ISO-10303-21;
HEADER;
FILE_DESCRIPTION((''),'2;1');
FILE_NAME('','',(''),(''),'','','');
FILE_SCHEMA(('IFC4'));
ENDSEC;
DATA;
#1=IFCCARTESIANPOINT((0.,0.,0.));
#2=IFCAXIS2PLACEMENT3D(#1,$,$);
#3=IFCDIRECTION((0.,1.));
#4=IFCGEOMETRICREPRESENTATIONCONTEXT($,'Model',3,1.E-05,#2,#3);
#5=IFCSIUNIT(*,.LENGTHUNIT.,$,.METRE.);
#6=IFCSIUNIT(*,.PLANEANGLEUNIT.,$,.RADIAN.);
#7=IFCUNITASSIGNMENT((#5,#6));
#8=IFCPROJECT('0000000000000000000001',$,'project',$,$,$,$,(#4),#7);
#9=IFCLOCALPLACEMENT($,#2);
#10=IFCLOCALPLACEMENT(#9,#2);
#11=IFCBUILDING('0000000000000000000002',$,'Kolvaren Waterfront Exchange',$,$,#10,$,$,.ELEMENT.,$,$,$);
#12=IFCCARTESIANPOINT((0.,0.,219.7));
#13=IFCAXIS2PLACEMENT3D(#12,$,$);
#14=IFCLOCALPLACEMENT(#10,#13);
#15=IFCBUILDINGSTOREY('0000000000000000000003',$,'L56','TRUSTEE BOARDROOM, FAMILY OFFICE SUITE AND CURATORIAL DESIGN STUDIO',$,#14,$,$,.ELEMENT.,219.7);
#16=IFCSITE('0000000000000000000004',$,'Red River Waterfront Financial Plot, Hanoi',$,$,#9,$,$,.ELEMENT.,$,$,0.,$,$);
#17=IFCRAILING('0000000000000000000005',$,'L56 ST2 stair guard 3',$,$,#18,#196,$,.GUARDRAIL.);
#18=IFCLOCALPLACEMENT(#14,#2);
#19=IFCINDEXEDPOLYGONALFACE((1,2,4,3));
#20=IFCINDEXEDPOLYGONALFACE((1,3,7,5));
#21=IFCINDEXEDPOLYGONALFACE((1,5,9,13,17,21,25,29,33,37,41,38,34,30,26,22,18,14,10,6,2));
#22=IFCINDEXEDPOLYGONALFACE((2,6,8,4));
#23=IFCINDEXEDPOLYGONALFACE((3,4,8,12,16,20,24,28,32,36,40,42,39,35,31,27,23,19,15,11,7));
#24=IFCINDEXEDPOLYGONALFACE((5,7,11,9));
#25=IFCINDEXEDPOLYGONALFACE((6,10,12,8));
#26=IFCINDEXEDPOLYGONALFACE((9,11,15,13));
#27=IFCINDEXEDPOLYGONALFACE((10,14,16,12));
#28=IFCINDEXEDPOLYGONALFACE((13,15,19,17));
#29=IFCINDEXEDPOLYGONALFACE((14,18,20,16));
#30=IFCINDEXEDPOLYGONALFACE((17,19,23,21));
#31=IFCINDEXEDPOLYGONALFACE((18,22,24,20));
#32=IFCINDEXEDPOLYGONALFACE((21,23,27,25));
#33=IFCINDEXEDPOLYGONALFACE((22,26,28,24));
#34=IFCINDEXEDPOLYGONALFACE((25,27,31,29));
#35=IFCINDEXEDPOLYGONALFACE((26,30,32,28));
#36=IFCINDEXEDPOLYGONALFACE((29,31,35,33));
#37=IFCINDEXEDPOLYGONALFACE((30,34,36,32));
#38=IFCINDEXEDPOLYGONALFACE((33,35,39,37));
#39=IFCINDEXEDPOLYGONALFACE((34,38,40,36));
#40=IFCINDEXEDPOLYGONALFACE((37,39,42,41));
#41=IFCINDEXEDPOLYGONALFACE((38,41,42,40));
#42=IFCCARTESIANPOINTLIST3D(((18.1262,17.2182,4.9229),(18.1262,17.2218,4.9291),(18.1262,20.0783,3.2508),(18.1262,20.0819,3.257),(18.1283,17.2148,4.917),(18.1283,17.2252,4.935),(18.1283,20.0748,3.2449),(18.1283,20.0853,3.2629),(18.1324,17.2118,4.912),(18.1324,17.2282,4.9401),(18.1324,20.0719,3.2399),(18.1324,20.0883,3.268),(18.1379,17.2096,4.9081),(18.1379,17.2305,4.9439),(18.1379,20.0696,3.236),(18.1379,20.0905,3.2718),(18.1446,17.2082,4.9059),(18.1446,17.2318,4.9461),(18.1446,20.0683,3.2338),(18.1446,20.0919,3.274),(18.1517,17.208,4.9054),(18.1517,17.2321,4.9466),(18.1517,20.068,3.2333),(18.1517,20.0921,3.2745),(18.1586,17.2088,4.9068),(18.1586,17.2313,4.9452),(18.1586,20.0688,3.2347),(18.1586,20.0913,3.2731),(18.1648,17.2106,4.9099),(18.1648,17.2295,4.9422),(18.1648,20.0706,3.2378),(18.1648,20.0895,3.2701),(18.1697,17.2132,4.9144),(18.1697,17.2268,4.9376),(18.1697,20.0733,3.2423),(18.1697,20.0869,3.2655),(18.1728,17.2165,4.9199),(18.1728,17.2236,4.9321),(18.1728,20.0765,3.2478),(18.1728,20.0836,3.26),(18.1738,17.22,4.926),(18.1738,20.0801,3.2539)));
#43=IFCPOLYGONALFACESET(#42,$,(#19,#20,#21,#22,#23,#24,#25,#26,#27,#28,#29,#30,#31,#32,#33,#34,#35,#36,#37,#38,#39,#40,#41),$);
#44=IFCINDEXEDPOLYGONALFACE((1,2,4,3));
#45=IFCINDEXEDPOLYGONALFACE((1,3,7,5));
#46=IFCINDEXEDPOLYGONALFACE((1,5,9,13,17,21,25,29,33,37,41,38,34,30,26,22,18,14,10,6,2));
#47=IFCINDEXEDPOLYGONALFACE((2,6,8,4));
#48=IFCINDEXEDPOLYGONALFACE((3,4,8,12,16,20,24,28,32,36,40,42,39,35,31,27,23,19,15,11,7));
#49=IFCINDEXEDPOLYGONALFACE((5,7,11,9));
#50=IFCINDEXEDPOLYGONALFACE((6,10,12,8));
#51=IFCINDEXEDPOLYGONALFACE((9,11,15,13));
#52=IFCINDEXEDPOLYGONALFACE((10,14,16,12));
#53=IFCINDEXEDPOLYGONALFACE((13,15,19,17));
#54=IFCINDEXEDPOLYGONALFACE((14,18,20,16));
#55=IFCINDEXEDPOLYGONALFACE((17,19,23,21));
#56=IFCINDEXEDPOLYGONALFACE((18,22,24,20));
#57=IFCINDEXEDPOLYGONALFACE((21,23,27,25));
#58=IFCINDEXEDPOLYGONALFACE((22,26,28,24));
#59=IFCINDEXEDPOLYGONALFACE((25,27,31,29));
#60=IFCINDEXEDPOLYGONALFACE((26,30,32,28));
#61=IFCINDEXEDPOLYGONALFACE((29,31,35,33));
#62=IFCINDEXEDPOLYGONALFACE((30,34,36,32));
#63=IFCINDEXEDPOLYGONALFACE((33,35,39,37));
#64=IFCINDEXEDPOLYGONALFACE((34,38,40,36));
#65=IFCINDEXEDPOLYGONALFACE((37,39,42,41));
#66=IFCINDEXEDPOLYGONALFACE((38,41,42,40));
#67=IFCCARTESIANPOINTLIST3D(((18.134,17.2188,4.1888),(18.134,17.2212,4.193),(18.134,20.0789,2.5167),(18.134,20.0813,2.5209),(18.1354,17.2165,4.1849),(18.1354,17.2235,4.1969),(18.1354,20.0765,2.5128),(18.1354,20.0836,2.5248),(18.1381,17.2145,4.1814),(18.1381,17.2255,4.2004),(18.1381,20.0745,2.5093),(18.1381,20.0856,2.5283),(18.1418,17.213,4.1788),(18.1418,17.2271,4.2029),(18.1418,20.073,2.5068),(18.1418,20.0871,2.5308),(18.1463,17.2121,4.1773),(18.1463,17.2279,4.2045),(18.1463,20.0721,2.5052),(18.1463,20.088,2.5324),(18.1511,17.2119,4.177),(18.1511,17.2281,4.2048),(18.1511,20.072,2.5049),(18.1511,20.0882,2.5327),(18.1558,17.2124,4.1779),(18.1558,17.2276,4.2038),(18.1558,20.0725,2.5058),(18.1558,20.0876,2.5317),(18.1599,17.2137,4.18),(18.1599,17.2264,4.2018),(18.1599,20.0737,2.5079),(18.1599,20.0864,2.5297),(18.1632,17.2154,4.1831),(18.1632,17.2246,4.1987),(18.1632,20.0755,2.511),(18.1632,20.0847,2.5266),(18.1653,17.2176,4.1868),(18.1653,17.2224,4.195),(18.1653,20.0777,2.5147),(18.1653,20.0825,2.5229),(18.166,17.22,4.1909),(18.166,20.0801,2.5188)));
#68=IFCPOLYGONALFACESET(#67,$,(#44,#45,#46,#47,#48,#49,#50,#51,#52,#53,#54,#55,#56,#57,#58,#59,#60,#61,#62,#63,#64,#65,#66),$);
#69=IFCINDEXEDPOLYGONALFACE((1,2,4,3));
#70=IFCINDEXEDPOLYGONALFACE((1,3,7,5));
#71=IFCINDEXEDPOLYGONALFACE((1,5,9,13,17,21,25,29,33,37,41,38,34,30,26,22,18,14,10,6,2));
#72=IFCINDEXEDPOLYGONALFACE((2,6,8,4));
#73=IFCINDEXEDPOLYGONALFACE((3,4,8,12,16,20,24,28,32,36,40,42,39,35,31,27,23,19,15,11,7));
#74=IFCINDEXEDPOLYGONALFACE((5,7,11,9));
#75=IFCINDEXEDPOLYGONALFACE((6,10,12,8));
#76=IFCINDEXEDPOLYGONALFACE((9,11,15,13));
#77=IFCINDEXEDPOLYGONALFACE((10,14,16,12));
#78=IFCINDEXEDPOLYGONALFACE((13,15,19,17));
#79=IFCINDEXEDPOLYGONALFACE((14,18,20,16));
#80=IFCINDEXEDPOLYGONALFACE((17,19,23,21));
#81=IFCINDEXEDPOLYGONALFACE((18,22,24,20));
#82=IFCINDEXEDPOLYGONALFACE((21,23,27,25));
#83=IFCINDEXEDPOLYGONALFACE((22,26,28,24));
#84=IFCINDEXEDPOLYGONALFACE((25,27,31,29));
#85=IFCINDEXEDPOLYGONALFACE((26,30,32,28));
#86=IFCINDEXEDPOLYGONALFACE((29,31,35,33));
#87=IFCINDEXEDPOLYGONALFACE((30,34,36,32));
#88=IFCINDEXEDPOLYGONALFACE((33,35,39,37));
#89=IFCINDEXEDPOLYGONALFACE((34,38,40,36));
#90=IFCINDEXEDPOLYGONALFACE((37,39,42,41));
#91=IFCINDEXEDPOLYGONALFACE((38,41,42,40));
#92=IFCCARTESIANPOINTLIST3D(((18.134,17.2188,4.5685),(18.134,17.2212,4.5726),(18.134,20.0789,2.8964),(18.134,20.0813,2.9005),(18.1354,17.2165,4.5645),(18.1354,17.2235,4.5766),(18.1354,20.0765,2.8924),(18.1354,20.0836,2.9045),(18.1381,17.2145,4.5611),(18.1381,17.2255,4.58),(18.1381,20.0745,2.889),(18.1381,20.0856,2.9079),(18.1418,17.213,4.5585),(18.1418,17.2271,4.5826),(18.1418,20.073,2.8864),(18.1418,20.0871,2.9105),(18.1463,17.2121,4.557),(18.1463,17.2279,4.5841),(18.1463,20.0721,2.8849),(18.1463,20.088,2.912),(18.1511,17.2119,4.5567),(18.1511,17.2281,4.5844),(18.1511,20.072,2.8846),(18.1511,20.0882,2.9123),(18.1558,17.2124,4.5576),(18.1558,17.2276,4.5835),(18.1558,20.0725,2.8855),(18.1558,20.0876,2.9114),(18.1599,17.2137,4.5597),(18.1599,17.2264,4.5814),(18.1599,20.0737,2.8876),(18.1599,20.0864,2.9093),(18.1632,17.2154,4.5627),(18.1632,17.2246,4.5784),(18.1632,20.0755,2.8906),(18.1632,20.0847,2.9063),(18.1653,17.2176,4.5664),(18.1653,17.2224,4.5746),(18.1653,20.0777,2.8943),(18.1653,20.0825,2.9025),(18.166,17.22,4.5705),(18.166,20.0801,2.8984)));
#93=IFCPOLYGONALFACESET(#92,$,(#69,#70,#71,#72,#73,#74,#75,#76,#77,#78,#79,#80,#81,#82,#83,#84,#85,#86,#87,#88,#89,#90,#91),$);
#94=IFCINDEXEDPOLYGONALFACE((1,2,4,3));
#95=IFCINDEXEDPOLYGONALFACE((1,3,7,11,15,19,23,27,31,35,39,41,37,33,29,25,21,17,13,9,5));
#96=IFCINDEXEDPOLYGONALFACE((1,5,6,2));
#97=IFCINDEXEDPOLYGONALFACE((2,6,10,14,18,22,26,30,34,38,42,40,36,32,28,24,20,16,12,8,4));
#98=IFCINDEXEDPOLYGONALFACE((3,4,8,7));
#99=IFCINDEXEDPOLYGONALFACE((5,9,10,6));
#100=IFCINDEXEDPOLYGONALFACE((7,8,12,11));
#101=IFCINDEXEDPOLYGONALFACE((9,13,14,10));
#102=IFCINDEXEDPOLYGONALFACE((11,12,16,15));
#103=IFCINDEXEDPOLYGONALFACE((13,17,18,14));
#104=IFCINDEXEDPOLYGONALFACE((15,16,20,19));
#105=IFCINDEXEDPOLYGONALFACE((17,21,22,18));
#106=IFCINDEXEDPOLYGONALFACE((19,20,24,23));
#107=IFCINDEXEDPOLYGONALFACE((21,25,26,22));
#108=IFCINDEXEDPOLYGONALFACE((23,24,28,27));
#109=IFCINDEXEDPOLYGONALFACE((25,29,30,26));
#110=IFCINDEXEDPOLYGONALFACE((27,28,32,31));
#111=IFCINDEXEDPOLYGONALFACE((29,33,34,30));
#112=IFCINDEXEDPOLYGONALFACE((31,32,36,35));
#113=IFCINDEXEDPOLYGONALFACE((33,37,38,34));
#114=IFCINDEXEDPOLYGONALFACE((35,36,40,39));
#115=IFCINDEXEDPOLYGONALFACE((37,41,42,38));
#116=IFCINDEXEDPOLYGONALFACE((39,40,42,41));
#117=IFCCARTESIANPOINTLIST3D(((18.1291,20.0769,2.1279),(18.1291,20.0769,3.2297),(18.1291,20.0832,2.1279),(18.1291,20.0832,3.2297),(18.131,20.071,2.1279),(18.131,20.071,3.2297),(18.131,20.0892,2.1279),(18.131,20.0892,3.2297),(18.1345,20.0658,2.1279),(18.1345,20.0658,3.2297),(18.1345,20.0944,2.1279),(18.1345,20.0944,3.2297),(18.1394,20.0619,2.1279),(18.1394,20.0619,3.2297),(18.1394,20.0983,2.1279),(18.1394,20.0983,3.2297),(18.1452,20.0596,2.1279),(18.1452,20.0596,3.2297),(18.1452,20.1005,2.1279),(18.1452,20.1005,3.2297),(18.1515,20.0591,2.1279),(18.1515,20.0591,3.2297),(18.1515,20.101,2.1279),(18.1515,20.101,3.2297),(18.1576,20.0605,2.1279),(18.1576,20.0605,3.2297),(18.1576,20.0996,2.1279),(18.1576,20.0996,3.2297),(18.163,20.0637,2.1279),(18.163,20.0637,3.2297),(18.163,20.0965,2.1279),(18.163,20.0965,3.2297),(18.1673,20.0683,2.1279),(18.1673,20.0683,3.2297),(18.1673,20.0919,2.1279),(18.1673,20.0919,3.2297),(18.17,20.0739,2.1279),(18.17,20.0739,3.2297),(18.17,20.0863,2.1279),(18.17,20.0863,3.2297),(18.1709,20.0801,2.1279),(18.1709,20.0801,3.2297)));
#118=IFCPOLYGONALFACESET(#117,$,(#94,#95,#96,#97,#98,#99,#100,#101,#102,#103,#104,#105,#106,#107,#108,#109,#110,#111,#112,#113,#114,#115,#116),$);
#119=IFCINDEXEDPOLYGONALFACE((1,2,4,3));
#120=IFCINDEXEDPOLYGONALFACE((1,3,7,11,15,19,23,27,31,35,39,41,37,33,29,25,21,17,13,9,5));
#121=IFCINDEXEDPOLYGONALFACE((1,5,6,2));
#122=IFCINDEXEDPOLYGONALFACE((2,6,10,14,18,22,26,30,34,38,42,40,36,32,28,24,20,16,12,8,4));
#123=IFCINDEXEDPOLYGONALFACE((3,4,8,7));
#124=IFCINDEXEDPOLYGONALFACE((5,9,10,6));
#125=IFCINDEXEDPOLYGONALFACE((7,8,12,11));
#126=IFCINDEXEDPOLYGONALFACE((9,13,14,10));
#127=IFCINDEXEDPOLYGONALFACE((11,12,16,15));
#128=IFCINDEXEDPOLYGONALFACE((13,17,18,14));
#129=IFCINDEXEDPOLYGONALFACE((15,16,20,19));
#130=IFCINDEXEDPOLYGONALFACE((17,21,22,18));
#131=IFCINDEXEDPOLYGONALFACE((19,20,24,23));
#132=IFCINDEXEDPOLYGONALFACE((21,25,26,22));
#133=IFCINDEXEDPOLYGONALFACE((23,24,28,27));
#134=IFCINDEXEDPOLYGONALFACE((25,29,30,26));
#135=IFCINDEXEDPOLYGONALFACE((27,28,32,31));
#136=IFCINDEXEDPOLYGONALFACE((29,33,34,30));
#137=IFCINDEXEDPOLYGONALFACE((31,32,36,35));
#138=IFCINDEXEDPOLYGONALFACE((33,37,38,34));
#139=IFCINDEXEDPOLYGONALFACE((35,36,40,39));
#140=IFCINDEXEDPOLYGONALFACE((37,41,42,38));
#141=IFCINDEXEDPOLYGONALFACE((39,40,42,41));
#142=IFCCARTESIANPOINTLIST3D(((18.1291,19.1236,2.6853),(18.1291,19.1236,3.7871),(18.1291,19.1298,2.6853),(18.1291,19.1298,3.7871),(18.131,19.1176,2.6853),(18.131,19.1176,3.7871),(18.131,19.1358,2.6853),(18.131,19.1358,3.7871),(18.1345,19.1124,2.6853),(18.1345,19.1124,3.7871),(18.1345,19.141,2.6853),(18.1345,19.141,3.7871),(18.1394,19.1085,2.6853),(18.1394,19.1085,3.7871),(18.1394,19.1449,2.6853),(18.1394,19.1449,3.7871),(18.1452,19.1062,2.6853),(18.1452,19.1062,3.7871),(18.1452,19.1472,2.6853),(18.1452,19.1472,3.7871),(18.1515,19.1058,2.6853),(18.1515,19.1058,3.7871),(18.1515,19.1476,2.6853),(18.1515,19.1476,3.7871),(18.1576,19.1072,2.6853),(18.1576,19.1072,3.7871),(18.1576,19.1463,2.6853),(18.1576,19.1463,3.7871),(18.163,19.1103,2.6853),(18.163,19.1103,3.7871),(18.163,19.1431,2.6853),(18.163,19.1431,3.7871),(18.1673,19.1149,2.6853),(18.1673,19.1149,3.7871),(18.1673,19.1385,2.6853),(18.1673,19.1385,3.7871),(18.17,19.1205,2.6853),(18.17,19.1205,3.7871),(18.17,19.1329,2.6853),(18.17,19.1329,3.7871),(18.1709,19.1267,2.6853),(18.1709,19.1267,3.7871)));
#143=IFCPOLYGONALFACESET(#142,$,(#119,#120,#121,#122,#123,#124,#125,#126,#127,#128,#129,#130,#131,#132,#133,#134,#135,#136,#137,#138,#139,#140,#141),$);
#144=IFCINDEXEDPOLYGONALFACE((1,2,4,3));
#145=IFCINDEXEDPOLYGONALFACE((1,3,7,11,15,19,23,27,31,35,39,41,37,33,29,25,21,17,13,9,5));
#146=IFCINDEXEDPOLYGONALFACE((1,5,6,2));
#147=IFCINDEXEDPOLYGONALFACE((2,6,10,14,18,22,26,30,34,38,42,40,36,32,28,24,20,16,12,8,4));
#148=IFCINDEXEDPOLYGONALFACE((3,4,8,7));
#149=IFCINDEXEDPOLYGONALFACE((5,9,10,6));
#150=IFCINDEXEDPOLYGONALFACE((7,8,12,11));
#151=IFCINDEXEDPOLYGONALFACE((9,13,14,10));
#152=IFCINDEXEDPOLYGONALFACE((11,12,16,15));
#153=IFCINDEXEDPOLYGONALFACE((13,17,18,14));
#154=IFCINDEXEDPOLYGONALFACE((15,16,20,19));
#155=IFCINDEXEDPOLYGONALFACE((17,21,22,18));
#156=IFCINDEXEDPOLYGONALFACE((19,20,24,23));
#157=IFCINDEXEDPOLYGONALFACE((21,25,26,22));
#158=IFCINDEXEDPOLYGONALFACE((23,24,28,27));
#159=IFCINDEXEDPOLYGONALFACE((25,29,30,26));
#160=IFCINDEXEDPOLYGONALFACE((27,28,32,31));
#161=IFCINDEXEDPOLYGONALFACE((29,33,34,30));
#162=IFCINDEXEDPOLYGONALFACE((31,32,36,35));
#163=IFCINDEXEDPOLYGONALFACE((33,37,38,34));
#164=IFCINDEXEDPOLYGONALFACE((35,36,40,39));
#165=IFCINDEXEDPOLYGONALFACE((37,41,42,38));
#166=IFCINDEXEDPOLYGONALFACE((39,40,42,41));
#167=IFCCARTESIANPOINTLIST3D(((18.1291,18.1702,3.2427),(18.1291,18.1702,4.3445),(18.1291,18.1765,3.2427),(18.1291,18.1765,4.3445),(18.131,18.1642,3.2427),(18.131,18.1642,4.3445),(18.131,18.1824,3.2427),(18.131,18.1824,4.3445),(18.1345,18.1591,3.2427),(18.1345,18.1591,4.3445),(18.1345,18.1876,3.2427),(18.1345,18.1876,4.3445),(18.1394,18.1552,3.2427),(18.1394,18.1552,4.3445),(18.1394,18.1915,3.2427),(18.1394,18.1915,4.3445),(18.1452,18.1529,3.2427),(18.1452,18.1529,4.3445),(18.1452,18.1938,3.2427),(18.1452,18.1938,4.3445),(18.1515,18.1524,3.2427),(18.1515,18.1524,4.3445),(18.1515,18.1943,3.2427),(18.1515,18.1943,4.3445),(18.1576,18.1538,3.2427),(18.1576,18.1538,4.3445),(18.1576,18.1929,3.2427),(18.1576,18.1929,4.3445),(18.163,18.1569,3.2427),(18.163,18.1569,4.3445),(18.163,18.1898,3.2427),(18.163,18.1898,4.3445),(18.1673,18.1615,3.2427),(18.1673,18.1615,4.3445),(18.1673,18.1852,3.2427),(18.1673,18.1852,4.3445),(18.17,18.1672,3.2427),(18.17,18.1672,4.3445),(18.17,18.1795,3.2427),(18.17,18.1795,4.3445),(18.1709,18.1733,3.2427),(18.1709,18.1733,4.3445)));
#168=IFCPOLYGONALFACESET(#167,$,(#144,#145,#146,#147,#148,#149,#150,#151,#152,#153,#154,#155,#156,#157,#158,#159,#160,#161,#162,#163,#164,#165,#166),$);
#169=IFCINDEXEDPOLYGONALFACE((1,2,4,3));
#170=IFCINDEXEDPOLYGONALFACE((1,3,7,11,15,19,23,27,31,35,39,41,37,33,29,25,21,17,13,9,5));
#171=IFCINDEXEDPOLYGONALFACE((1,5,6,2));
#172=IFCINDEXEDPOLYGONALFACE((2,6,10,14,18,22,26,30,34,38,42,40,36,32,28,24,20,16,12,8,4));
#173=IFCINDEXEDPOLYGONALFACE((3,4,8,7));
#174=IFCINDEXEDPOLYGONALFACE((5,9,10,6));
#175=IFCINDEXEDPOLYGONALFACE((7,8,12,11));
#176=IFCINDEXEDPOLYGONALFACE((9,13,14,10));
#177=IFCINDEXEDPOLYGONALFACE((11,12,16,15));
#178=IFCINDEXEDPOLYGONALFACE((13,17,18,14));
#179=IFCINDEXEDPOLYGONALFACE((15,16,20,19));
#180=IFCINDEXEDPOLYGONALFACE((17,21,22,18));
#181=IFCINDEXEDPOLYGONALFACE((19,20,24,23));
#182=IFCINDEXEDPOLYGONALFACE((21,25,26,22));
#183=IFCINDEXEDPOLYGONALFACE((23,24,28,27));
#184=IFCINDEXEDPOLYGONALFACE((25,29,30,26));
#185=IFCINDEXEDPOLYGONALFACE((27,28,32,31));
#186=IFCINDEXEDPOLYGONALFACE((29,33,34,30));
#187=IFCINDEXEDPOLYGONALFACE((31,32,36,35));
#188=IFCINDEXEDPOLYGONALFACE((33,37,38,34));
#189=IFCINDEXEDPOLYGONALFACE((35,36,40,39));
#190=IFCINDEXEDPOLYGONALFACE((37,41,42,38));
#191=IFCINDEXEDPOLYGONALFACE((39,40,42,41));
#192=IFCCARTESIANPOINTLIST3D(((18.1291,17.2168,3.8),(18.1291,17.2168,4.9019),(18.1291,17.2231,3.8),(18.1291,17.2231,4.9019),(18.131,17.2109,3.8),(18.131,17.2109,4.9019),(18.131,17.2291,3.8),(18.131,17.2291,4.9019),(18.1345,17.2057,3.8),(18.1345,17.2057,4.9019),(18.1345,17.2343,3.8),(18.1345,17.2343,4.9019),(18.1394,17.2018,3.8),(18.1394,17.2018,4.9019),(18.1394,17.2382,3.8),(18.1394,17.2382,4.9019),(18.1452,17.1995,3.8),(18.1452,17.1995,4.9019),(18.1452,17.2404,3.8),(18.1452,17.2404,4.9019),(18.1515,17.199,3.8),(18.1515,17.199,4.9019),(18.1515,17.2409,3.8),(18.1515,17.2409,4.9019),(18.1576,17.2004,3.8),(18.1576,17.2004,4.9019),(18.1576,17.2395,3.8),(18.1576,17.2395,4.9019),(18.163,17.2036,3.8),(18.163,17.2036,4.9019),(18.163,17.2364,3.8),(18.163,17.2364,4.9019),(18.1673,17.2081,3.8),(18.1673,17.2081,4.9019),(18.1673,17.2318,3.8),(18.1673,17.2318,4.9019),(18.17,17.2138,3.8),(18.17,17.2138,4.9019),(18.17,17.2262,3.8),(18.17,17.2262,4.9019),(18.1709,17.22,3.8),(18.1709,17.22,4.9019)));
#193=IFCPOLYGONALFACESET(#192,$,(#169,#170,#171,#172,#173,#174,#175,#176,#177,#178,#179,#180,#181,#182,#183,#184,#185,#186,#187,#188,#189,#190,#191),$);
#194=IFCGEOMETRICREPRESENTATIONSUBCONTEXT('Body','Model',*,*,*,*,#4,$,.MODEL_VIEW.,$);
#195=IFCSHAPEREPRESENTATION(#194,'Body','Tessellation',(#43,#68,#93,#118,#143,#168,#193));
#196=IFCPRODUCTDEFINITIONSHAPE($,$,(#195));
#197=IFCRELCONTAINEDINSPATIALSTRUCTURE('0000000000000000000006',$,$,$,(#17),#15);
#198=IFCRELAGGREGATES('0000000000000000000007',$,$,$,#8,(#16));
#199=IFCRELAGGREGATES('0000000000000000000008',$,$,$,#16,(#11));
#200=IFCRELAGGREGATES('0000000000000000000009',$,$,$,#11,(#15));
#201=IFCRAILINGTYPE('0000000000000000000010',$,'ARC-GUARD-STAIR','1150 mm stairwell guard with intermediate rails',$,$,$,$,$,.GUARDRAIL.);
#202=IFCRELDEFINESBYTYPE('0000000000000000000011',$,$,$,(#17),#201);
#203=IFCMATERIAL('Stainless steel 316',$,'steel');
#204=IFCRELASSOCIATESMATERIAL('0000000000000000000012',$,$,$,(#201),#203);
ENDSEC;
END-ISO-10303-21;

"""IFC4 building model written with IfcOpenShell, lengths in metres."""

from ifc_helpers import new_model, si_unit, direction, frame, origin, origin_2d, place, context, subcontext, project, spatial, circle, extrude, material, type_object, element, save


model = new_model("IFC4")

# Units and contexts
model_context = context("Model", 3, precision=1e-05, world=origin(), true_north=direction((0.0, 1.0)))
body_context = subcontext(model_context, "Body", "Model", "MODEL_VIEW")
ifc_project = project(units=[si_unit("LENGTHUNIT", "METRE"), si_unit("PLANEANGLEUNIT", "RADIAN")], contexts=[model_context])

# Site, building, storey
site_placement = place(None, origin())
site = spatial("IfcSite", under=ifc_project, at=site_placement, Name="Red River Waterfront Financial Plot, Hanoi", CompositionType="ELEMENT", RefElevation=0.0)
building_placement = place(site_placement, origin())
building = spatial("IfcBuilding", under=site, at=building_placement, Name="Kolvaren Waterfront Exchange", CompositionType="ELEMENT")
storey_placement = place(building_placement, frame((0.0, 0.0, 219.7)))
storey = spatial("IfcBuildingStorey", under=building, at=storey_placement, Name="L56", Description="TRUSTEE BOARDROOM, FAMILY OFFICE SUITE AND CURATORIAL DESIGN STUDIO", CompositionType="ELEMENT", Elevation=219.7)

# Railing
ifc_material_1 = material(Name="Stainless steel 316", Category="steel")
railing_type_1 = type_object("IfcRailingType", Name="ARC-GUARD-STAIR", Description="1150 mm stairwell guard with intermediate rails", PredefinedType="GUARDRAIL", material=ifc_material_1)
railing_1_placement = place(storey_placement, frame((18.1499, 20.0801, 2.1279)))
element("IfcRailing", 1, at=railing_1_placement, inside=storey, type_object=railing_type_1, Name="L56 ST2 stair guard 3", PredefinedType="GUARDRAIL", context=body_context, shape_type="SweptSolid", body=[
    extrude(circle(Radius=0.0239, at=origin_2d()), frame((0.0, 0.0, 1.126), z_axis=(0.0, -0.863289, 0.504709), x_axis=(1.0, 0.0, 0.0)), (0.0, 0.0, 1.0), 3.313),
    extrude(circle(Radius=0.0161, at=origin_2d()), frame((0.0, 0.0, 0.3909), z_axis=(0.0, -0.863289, 0.504709), x_axis=(1.0, 0.0, 0.0)), (0.0, 0.0, 1.0), 3.313),
    extrude(circle(Radius=0.0161, at=origin_2d()), frame((0.0, 0.0, 0.7705), z_axis=(0.0, -0.863289, 0.504709), x_axis=(1.0, 0.0, 0.0)), (0.0, 0.0, 1.0), 3.313),
    extrude(circle(Radius=0.021, at=origin_2d()), origin(), (0.0, 0.0, 1.0), 1.1018),
    extrude(circle(Radius=0.021, at=origin_2d()), frame((0.0, -0.9534, 0.5574)), (0.0, 0.0, 1.0), 1.1018),
    extrude(circle(Radius=0.021, at=origin_2d()), frame((0.0, -1.9067, 1.1147)), (0.0, 0.0, 1.0), 1.1018),
    extrude(circle(Radius=0.021, at=origin_2d()), frame((0.0, -2.8601, 1.6721)), (0.0, 0.0, 1.0), 1.1018),
])

save(model, "model.ifc")
